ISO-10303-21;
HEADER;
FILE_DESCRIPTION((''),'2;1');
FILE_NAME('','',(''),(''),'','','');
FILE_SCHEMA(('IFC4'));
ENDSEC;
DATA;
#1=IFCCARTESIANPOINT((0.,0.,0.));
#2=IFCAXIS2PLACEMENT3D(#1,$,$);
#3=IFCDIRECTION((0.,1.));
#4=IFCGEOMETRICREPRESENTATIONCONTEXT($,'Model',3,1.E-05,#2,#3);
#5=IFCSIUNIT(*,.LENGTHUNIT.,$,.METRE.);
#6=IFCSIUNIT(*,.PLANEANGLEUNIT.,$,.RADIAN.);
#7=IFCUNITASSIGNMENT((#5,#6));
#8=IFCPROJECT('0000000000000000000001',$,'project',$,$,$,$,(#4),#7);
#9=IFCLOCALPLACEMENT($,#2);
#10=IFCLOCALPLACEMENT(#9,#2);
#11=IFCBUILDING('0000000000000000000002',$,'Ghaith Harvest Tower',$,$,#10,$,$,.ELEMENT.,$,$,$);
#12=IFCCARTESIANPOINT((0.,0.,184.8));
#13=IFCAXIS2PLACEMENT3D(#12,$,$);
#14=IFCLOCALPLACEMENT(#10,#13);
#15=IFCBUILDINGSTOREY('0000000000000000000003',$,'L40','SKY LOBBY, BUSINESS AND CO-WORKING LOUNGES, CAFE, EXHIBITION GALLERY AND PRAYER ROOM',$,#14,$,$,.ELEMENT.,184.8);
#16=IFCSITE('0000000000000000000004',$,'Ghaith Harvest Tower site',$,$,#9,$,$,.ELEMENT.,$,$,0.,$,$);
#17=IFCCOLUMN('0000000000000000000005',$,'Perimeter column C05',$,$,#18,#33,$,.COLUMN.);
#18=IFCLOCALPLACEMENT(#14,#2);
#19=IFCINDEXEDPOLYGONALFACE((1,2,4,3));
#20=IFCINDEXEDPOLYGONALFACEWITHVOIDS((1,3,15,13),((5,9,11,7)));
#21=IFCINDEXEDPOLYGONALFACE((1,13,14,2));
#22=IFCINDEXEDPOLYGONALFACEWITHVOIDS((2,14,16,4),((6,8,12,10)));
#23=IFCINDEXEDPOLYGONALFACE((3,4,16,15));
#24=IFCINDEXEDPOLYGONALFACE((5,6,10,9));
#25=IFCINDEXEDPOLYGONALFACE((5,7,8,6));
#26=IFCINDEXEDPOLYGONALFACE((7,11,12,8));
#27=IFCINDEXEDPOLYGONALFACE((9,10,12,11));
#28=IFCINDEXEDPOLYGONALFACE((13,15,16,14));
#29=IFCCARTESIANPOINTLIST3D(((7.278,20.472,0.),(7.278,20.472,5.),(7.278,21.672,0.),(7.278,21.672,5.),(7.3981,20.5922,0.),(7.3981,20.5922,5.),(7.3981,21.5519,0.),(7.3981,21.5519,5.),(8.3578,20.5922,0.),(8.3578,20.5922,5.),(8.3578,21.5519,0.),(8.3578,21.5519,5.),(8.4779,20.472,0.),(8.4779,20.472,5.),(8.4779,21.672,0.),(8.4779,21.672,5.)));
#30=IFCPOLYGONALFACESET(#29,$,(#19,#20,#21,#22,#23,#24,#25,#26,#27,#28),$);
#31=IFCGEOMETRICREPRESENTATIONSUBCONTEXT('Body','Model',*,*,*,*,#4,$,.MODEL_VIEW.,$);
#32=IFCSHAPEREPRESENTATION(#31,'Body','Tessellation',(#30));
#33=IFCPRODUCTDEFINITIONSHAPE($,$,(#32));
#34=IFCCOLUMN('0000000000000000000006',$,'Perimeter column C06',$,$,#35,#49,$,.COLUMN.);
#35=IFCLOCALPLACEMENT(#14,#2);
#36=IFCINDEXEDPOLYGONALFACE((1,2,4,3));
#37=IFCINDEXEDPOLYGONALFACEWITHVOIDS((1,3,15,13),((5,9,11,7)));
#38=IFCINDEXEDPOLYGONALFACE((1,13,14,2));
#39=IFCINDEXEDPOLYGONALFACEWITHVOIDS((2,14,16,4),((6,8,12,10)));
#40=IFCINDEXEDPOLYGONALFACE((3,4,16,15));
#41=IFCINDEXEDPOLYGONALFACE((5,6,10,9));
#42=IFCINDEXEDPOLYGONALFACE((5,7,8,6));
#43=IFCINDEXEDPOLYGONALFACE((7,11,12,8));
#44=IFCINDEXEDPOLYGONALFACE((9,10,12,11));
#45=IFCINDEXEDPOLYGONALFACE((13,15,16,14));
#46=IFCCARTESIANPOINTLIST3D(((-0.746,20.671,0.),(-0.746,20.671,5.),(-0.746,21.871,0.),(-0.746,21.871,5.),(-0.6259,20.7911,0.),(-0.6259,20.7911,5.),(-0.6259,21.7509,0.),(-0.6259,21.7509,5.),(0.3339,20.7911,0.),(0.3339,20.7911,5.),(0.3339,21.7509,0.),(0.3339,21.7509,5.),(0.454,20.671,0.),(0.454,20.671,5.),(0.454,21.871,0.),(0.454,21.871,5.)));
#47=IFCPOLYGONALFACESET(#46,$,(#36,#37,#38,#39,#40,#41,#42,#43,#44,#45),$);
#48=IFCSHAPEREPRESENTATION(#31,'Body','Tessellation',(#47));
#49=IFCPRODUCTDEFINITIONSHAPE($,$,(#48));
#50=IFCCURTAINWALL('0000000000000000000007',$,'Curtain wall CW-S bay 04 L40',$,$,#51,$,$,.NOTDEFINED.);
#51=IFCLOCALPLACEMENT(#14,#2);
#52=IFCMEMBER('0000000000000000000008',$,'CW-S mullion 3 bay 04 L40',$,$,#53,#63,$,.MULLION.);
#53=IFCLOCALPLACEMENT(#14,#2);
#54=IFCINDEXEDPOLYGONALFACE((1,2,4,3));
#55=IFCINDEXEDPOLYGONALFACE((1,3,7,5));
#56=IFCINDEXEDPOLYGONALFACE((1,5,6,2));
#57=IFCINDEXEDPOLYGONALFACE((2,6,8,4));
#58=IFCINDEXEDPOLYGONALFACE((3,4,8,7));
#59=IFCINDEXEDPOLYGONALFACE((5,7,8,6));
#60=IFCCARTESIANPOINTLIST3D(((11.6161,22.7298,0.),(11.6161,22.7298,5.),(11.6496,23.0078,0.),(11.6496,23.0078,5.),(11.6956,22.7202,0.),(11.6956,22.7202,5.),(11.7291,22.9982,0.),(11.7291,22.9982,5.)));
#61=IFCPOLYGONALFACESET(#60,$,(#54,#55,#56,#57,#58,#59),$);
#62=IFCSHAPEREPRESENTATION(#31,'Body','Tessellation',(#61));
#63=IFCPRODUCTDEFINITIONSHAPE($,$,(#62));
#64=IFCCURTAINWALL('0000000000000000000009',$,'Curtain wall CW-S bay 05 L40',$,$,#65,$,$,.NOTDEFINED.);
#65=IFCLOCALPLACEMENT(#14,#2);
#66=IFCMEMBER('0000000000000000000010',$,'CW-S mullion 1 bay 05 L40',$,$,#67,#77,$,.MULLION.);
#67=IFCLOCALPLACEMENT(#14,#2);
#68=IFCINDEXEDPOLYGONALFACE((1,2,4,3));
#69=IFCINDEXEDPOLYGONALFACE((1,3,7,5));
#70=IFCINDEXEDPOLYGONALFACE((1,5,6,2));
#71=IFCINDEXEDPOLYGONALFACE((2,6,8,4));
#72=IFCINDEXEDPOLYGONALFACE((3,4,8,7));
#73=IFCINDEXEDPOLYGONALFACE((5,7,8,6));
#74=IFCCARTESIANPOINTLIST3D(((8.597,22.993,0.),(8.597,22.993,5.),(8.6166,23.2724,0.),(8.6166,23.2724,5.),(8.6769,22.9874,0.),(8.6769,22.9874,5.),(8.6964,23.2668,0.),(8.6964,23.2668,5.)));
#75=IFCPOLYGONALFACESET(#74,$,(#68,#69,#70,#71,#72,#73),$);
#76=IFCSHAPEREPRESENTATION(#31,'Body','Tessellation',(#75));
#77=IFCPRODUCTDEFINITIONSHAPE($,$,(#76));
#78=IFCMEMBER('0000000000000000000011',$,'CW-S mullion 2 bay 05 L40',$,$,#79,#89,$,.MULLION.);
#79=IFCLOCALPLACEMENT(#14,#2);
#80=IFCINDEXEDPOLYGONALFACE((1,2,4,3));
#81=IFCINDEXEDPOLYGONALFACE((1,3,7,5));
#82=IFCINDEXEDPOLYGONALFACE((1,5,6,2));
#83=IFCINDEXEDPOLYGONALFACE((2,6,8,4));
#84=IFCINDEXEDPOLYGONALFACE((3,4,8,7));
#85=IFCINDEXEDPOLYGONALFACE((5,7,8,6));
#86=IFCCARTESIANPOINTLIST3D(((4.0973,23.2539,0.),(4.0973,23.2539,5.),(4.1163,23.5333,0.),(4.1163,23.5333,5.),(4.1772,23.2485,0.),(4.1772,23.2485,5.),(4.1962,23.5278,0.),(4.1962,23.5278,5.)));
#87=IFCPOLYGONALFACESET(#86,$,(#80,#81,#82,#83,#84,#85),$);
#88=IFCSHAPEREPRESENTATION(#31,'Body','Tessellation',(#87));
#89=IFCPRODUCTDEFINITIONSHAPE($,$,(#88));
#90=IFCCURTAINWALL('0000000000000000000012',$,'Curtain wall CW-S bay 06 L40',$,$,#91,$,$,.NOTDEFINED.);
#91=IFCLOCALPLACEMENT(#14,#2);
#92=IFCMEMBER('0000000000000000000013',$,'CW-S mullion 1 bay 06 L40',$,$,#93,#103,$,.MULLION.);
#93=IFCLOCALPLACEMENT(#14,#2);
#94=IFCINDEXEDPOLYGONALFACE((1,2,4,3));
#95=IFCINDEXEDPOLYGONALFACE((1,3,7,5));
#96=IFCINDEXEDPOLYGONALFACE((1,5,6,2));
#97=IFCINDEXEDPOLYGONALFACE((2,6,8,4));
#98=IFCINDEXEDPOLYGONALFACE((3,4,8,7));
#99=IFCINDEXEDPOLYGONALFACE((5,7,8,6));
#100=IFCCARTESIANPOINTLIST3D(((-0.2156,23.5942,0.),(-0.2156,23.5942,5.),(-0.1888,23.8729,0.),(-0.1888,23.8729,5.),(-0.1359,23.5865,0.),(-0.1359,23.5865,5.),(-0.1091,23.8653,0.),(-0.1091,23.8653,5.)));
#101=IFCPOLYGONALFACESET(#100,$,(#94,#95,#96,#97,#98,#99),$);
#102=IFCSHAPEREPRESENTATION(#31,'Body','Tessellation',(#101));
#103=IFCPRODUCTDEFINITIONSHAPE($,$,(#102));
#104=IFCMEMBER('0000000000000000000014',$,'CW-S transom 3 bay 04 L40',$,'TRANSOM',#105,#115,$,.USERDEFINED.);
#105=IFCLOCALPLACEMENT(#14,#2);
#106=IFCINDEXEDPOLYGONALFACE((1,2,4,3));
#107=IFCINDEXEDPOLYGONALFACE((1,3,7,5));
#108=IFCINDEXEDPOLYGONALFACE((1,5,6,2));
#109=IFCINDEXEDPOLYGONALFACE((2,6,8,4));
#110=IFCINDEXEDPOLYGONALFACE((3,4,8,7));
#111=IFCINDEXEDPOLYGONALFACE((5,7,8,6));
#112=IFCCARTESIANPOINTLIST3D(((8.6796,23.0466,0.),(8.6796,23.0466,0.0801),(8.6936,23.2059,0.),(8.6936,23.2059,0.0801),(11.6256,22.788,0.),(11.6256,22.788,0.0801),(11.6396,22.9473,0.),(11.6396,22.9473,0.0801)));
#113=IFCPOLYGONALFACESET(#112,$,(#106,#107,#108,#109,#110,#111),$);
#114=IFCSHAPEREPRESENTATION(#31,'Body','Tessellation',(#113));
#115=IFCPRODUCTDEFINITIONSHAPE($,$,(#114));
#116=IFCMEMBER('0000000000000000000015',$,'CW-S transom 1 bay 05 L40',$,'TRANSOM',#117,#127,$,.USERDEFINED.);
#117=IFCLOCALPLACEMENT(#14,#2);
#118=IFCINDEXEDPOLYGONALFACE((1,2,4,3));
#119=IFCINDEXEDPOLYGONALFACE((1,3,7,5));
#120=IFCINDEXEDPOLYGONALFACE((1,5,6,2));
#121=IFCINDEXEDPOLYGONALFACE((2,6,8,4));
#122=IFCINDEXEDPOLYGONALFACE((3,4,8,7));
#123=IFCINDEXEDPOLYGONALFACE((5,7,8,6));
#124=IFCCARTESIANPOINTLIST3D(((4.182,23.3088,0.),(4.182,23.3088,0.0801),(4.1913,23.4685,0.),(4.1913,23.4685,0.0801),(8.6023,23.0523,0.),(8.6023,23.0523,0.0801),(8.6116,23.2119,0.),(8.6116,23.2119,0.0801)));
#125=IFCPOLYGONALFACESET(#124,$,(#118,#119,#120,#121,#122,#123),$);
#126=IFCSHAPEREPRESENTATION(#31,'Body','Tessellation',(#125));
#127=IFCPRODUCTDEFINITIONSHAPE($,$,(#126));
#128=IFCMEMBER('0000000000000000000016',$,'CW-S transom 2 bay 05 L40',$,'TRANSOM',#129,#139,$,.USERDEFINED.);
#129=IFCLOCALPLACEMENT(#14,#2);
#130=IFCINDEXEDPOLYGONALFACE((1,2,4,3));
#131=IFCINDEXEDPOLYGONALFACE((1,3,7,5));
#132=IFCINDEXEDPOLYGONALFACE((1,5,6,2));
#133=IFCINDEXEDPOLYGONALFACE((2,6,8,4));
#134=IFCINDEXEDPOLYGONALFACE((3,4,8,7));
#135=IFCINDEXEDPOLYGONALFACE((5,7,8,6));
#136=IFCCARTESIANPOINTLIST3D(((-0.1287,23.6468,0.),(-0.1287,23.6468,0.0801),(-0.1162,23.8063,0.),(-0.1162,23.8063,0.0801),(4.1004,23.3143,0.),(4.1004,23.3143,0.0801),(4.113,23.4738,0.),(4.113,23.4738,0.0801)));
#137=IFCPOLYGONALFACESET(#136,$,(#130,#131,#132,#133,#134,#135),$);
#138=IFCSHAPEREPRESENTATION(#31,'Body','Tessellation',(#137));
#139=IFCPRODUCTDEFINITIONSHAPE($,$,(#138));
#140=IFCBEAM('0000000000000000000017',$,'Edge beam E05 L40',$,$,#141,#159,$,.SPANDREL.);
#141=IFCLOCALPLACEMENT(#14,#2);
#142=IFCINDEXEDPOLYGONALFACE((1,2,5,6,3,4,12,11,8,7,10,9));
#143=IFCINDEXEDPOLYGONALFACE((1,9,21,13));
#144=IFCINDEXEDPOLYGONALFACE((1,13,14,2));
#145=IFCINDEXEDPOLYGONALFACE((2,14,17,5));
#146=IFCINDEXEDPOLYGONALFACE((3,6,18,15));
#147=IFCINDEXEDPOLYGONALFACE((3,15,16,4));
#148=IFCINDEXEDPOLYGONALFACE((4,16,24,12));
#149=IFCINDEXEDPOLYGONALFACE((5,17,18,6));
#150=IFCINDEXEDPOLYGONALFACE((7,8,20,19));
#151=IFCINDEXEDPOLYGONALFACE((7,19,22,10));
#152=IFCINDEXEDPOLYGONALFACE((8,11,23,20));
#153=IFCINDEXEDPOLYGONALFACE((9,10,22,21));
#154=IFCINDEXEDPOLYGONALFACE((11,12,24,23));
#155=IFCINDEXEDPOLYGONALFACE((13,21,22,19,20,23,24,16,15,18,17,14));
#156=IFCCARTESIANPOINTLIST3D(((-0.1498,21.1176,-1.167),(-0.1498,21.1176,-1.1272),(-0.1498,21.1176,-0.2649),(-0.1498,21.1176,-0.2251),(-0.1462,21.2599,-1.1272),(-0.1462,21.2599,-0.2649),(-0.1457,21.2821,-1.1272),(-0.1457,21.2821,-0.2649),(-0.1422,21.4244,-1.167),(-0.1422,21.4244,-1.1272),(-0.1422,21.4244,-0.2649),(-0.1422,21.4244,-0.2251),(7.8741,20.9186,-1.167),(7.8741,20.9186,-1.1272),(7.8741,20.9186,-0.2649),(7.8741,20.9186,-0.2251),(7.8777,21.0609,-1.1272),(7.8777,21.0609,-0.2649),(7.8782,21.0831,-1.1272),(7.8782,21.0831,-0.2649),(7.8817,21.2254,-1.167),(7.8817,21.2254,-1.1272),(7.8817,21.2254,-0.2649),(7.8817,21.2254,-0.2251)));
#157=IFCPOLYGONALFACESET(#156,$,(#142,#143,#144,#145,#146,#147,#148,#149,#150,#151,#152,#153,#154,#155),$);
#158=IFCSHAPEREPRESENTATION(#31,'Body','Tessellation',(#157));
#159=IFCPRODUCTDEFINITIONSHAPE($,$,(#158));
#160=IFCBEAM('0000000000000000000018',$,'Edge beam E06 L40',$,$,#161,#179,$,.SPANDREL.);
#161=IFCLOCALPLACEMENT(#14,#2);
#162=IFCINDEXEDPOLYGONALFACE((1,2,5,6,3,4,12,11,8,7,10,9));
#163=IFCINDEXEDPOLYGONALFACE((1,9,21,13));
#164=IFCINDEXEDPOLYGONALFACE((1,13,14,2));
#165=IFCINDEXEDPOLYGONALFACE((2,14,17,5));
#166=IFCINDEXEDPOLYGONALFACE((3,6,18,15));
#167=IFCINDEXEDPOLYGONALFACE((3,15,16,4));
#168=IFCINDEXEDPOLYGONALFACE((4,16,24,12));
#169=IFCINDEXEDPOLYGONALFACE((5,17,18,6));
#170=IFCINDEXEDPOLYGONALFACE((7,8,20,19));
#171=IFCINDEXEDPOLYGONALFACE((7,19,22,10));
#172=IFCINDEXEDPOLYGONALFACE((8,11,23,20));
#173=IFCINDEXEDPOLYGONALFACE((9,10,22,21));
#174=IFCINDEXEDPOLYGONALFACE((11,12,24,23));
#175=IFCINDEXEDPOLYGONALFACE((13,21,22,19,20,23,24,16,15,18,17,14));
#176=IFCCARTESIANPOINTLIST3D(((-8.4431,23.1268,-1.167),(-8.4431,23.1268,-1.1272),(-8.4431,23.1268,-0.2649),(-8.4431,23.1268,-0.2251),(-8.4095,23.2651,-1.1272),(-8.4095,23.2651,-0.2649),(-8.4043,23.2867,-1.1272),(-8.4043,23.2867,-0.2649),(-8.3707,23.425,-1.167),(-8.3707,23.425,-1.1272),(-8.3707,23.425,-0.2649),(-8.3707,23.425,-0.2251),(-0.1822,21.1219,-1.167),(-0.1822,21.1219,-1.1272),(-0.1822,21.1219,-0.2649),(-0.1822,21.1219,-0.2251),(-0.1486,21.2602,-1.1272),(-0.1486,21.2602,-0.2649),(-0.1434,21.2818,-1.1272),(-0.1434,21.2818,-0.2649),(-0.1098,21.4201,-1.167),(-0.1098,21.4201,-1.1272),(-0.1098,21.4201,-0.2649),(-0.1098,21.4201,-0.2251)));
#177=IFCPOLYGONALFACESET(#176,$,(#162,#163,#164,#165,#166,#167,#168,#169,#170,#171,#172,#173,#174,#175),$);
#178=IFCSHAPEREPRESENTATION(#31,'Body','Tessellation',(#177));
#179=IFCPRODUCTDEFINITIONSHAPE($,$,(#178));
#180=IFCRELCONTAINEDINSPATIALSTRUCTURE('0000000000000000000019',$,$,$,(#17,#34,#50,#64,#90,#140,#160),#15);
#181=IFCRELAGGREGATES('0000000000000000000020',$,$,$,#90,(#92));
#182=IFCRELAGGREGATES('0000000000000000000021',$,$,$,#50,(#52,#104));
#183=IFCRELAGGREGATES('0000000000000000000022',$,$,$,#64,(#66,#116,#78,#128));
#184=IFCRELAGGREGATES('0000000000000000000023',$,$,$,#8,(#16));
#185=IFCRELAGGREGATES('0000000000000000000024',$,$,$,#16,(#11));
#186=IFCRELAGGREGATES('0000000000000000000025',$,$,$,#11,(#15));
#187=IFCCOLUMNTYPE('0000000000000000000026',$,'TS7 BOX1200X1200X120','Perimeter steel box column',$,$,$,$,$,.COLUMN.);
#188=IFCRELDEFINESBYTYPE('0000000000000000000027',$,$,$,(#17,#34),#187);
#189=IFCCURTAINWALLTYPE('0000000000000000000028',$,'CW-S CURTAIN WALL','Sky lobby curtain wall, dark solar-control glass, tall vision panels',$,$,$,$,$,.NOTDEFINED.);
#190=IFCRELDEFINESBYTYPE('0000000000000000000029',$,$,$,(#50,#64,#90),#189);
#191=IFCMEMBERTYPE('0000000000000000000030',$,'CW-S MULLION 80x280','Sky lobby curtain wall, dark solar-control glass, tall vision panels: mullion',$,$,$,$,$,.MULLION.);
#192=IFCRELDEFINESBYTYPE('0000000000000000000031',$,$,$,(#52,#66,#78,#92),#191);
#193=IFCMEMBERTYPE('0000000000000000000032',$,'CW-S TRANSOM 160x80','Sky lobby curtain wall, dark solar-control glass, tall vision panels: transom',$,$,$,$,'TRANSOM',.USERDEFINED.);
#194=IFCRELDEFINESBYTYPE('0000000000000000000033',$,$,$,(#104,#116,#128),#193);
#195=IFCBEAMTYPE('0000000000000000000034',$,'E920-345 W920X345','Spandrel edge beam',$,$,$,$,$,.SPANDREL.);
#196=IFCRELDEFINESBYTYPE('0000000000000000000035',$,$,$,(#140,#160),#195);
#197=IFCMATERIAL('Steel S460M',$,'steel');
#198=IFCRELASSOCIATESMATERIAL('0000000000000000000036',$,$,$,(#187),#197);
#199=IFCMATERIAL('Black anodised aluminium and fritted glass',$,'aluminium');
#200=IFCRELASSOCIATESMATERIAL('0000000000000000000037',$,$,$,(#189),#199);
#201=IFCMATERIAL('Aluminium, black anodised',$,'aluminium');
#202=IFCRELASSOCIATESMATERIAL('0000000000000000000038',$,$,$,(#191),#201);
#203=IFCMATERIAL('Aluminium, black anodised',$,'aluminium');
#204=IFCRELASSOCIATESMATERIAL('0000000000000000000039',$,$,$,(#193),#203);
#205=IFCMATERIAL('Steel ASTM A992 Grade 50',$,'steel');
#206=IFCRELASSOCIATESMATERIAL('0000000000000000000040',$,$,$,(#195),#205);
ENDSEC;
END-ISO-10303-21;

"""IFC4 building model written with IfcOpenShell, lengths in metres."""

from ifc_helpers import new_model, si_unit, direction, frame, origin, origin_2d, place, context, subcontext, project, spatial, rectangle, hollow_rectangle, i_section, extrude, material, material_profile, profile_set, type_object, element, aggregate, save


model = new_model("IFC4")

# Units and contexts
model_context = context("Model", 3, precision=1e-05, world=origin(), true_north=direction((0.0, 1.0)))
body_context = subcontext(model_context, "Body", "Model", "MODEL_VIEW")
ifc_project = project(units=[si_unit("LENGTHUNIT", "METRE"), si_unit("PLANEANGLEUNIT", "RADIAN")], contexts=[model_context])

# Site, building, storey
site_placement = place(None, origin())
site = spatial("IfcSite", under=ifc_project, at=site_placement, Name="Ghaith Harvest Tower site", CompositionType="ELEMENT", RefElevation=0.0)
building_placement = place(site_placement, origin())
building = spatial("IfcBuilding", under=site, at=building_placement, Name="Ghaith Harvest Tower", CompositionType="ELEMENT")
storey_placement = place(building_placement, frame((0.0, 0.0, 184.8)))
storey = spatial("IfcBuildingStorey", under=building, at=storey_placement, Name="L40", Description="SKY LOBBY, BUSINESS AND CO-WORKING LOUNGES, CAFE, EXHIBITION GALLERY AND PRAYER ROOM", CompositionType="ELEMENT", Elevation=184.8)

# Columns
ifc_material_1 = material(Name="Steel S460M", Category="steel")
ifc_material_profile_1 = material_profile(ifc_material_1, hollow_rectangle(XDim=1.2, YDim=1.2, WallThickness=0.1201, at=origin_2d()), Name="BOX1200X1200X120")
ifc_profile_set_1 = profile_set([ifc_material_profile_1], Name="Steel S460M")
column_type = type_object("IfcColumnType", Name="TS7 BOX1200X1200X120", Description="Perimeter steel box column", PredefinedType="COLUMN", material=ifc_profile_set_1)
for number, where, z_axis, x_axis, name in (
    (1, (7.8779, 21.072, 0.0), (0.0, 0.0, 1.0), (1.0, 0.0, 0.0), "Perimeter column C05"),
    (2, (-0.146, 21.271, 0.0), (0.0, 0.0, 1.0), (1.0, 0.0, 0.0), "Perimeter column C06"),
):
    element("IfcColumn", number, at=place(storey_placement, frame(where, z_axis=z_axis, x_axis=x_axis)), inside=storey, type_object=column_type, Name=name, PredefinedType="COLUMN", context=body_context, shape_type="SweptSolid", body=[
        extrude(hollow_rectangle(XDim=1.2, YDim=1.2, WallThickness=0.1201, at=origin_2d()), origin(), (0.0, 0.0, 1.0), 5.0),
    ])

# Curtain wall, member
ifc_material_2 = material(Name="Black anodised aluminium and fritted glass", Category="aluminium")
curtain_wall_type = type_object("IfcCurtainWallType", Name="CW-S CURTAIN WALL", Description="Sky lobby curtain wall, dark solar-control glass, tall vision panels", PredefinedType="NOTDEFINED", material=ifc_material_2)
curtain_wall_1_placement = place(storey_placement, origin())
curtain_wall_1 = element("IfcCurtainWall", 3, at=curtain_wall_1_placement, inside=storey, type_object=curtain_wall_type, Name="Curtain wall CW-S bay 04 L40", PredefinedType="NOTDEFINED")
ifc_material_3 = material(Name="Aluminium, black anodised", Category="aluminium")
ifc_material_profile_2 = material_profile(ifc_material_3, rectangle(XDim=0.0801, YDim=0.28, at=origin_2d()), Name="CW-S MULLION 80x280")
ifc_profile_set_2 = profile_set([ifc_material_profile_2], Name="Aluminium, black anodised")
member_type_1 = type_object("IfcMemberType", Name="CW-S MULLION 80x280", Description="Sky lobby curtain wall, dark solar-control glass, tall vision panels: mullion", PredefinedType="MULLION", material=ifc_profile_set_2)
member_1_placement = place(storey_placement, frame((11.6726, 22.864, 0.0), z_axis=(0.0, 0.0, 1.0), x_axis=(-0.9928, 0.11978, 0.0)))
member_1 = element("IfcMember", 4, at=member_1_placement, type_object=member_type_1, Name="CW-S mullion 3 bay 04 L40", PredefinedType="MULLION", context=body_context, shape_type="SweptSolid", body=[
    extrude(rectangle(XDim=0.0801, YDim=0.28, at=origin_2d()), origin(), (0.0, 0.0, 1.0), 5.0),
])

# Curtain wall, members
curtain_wall_2_placement = place(storey_placement, origin())
curtain_wall_2 = element("IfcCurtainWall", 5, at=curtain_wall_2_placement, inside=storey, type_object=curtain_wall_type, Name="Curtain wall CW-S bay 05 L40", PredefinedType="NOTDEFINED")
member_2_placement = place(storey_placement, frame((8.6467, 23.1299, 0.0), z_axis=(0.0, 0.0, 1.0), x_axis=(-0.997559, 0.069832, 0.0)))
member_2 = element("IfcMember", 6, at=member_2_placement, type_object=member_type_1, Name="CW-S mullion 1 bay 05 L40", PredefinedType="MULLION", context=body_context, shape_type="SweptSolid", body=[
    extrude(rectangle(XDim=0.0801, YDim=0.28, at=origin_2d()), origin(), (0.0, 0.0, 1.0), 5.0),
])
member_3_placement = place(storey_placement, frame((4.1467, 23.3909, 0.0), z_axis=(0.0, 0.0, 1.0), x_axis=(-0.99769, 0.067933, 0.0)))
member_3 = element("IfcMember", 7, at=member_3_placement, type_object=member_type_1, Name="CW-S mullion 2 bay 05 L40", PredefinedType="MULLION", context=body_context, shape_type="SweptSolid", body=[
    extrude(rectangle(XDim=0.0801, YDim=0.28, at=origin_2d()), origin(), (0.0, 0.0, 1.0), 5.0),
])

# Curtain wall, member
curtain_wall_3_placement = place(storey_placement, origin())
curtain_wall_3 = element("IfcCurtainWall", 8, at=curtain_wall_3_placement, inside=storey, type_object=curtain_wall_type, Name="Curtain wall CW-S bay 06 L40", PredefinedType="NOTDEFINED")
member_4_placement = place(storey_placement, frame((-0.1624, 23.7297, 0.0), z_axis=(0.0, 0.0, 1.0), x_axis=(-0.995388, 0.09593, 0.0)))
member_4 = element("IfcMember", 9, at=member_4_placement, type_object=member_type_1, Name="CW-S mullion 1 bay 06 L40", PredefinedType="MULLION", context=body_context, shape_type="SweptSolid", body=[
    extrude(rectangle(XDim=0.0801, YDim=0.28, at=origin_2d()), origin(), (0.0, 0.0, 1.0), 5.0),
])
aggregate(curtain_wall_3, [member_4])

# Members
ifc_material_4 = material(Name="Aluminium, black anodised", Category="aluminium")
ifc_material_profile_3 = material_profile(ifc_material_4, rectangle(XDim=0.1599, YDim=0.0801, at=origin_2d()), Name="CW-S TRANSOM 160x80")
ifc_profile_set_3 = profile_set([ifc_material_profile_3], Name="Aluminium, black anodised")
member_type_2 = type_object("IfcMemberType", Name="CW-S TRANSOM 160x80", Description="Sky lobby curtain wall, dark solar-control glass, tall vision panels: transom", ElementType="TRANSOM", PredefinedType="USERDEFINED", material=ifc_profile_set_3)
member_5_placement = place(storey_placement, frame((11.6326, 22.8677, 0.04), z_axis=(-0.996171, 0.087424, 0.0), x_axis=(-0.087424, -0.996171, 0.0)))
member_5 = element("IfcMember", 10, at=member_5_placement, type_object=member_type_2, Name="CW-S transom 3 bay 04 L40", ObjectType="TRANSOM", PredefinedType="USERDEFINED", context=body_context, shape_type="SweptSolid", body=[
    extrude(rectangle(XDim=0.1599, YDim=0.0801, at=origin_2d()), origin(), (0.0, 0.0, 1.0), 2.9573),
])
member_6_placement = place(storey_placement, frame((8.6069, 23.1321, 0.04), z_axis=(-0.99832, 0.05795, 0.0), x_axis=(-0.05795, -0.99832, 0.0)))
member_6 = element("IfcMember", 11, at=member_6_placement, type_object=member_type_2, Name="CW-S transom 1 bay 05 L40", ObjectType="TRANSOM", PredefinedType="USERDEFINED", context=body_context, shape_type="SweptSolid", body=[
    extrude(rectangle(XDim=0.1599, YDim=0.0801, at=origin_2d()), origin(), (0.0, 0.0, 1.0), 4.4277),
])
member_7_placement = place(storey_placement, frame((4.1067, 23.394, 0.04), z_axis=(-0.996923, 0.078382, 0.0), x_axis=(-0.078382, -0.996923, 0.0)))
member_7 = element("IfcMember", 12, at=member_7_placement, type_object=member_type_2, Name="CW-S transom 2 bay 05 L40", ObjectType="TRANSOM", PredefinedType="USERDEFINED", context=body_context, shape_type="SweptSolid", body=[
    extrude(rectangle(XDim=0.1599, YDim=0.0801, at=origin_2d()), origin(), (0.0, 0.0, 1.0), 4.2422),
])

# Beams
ifc_material_5 = material(Name="Steel ASTM A992 Grade 50", Category="steel")
ifc_material_profile_4 = material_profile(ifc_material_5, i_section(OverallWidth=0.3069, OverallDepth=0.9419, WebThickness=0.0222, FlangeThickness=0.0398, at=origin_2d()), Name="W920X345")
ifc_profile_set_4 = profile_set([ifc_material_profile_4], Name="Steel ASTM A992 Grade 50")
beam_type_1 = type_object("IfcBeamType", Name="E920-345 W920X345", Description="Spandrel edge beam", PredefinedType="SPANDREL", material=ifc_profile_set_4)
beam_1_placement = place(storey_placement, frame((7.8779, 21.072, -0.696), z_axis=(-0.999693, 0.02479, 0.0), x_axis=(-0.02479, -0.999693, 0.0)))
element("IfcBeam", 13, at=beam_1_placement, inside=storey, type_object=beam_type_1, Name="Edge beam E05 L40", PredefinedType="SPANDREL", context=body_context, shape_type="SweptSolid", body=[
    extrude(i_section(OverallWidth=0.3069, OverallDepth=0.9419, WebThickness=0.0222, FlangeThickness=0.0398, at=origin_2d()), origin(), (0.0, 0.0, 1.0), 8.0264),
])
beam_2_placement = place(storey_placement, frame((-0.146, 21.271, -0.696), z_axis=(-0.97179, 0.235847, 0.0), x_axis=(-0.235847, -0.97179, 0.0)))
element("IfcBeam", 14, at=beam_2_placement, inside=storey, type_object=beam_type_1, Name="Edge beam E06 L40", PredefinedType="SPANDREL", context=body_context, shape_type="SweptSolid", body=[
    extrude(i_section(OverallWidth=0.3069, OverallDepth=0.9419, WebThickness=0.0222, FlangeThickness=0.0398, at=origin_2d()), origin(), (0.0, 0.0, 1.0), 8.5007),
])

aggregate(curtain_wall_1, [member_1, member_5])
aggregate(curtain_wall_2, [member_2, member_6, member_3, member_7])

save(model, "model.ifc")
